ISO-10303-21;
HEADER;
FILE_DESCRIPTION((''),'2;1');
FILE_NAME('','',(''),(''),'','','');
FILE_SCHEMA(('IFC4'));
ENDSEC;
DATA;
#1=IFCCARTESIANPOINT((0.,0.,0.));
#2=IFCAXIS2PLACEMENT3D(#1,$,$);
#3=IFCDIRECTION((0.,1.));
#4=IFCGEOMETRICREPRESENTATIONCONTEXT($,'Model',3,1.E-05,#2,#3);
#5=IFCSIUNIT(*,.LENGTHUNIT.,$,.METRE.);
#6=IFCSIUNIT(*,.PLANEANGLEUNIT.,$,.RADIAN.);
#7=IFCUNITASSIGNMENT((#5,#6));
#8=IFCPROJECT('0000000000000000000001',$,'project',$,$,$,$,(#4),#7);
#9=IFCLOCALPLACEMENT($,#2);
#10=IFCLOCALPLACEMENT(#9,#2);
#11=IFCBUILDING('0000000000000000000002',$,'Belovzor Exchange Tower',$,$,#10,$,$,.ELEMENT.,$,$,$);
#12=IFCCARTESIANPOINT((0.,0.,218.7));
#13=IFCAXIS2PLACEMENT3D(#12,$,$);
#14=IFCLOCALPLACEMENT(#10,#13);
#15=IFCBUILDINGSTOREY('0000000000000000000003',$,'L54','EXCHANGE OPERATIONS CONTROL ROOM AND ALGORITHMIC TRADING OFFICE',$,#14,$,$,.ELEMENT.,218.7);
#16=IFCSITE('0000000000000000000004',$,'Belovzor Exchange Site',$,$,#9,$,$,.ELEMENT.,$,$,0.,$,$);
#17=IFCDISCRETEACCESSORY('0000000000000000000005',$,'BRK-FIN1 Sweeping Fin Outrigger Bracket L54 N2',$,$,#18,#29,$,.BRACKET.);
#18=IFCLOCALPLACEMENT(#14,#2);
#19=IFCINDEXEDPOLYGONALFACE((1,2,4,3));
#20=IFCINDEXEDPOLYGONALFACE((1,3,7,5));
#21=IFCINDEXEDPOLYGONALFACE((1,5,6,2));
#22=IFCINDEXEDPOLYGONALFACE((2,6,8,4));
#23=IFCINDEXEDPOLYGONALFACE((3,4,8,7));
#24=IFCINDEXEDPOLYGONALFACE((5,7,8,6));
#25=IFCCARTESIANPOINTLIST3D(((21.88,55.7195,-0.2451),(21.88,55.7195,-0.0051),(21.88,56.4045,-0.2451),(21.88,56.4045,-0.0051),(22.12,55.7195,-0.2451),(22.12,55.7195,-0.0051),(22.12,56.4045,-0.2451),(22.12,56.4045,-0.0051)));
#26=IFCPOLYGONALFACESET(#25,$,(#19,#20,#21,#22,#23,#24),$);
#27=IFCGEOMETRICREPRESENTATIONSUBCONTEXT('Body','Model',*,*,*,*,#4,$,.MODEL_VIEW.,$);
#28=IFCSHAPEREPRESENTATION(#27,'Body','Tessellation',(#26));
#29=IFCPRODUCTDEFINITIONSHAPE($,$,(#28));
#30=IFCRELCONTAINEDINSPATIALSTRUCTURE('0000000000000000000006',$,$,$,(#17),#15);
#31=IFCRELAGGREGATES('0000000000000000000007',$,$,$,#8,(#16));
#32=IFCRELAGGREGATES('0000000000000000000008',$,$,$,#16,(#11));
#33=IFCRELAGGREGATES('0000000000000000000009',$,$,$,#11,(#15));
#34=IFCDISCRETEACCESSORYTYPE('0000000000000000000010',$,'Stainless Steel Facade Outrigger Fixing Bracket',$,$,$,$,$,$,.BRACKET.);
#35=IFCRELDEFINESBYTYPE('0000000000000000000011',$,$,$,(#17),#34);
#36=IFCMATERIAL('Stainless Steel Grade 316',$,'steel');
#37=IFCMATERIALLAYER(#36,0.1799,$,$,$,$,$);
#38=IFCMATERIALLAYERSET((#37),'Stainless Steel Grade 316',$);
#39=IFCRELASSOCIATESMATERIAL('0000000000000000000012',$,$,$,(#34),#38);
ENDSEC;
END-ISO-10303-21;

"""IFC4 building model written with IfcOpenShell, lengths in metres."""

from ifc_helpers import new_model, si_unit, direction, frame, origin, origin_2d, place, context, subcontext, project, spatial, rectangle, extrude, material, layer, layer_set, type_object, element, save


model = new_model("IFC4")

# Units and contexts
model_context = context("Model", 3, precision=1e-05, world=origin(), true_north=direction((0.0, 1.0)))
body_context = subcontext(model_context, "Body", "Model", "MODEL_VIEW")
ifc_project = project(units=[si_unit("LENGTHUNIT", "METRE"), si_unit("PLANEANGLEUNIT", "RADIAN")], contexts=[model_context])

# Site, building, storey
site_placement = place(None, origin())
site = spatial("IfcSite", under=ifc_project, at=site_placement, Name="Belovzor Exchange Site", CompositionType="ELEMENT", RefElevation=0.0)
building_placement = place(site_placement, origin())
building = spatial("IfcBuilding", under=site, at=building_placement, Name="Belovzor Exchange Tower", CompositionType="ELEMENT")
storey_placement = place(building_placement, frame((0.0, 0.0, 218.7)))
storey = spatial("IfcBuildingStorey", under=building, at=storey_placement, Name="L54", Description="EXCHANGE OPERATIONS CONTROL ROOM AND ALGORITHMIC TRADING OFFICE", CompositionType="ELEMENT", Elevation=218.7)

# Discrete accessory
ifc_material_1 = material(Name="Stainless Steel Grade 316", Category="steel")
ifc_layer_1 = layer(ifc_material_1, 0.1799)
ifc_layer_set_1 = layer_set([ifc_layer_1], Name="Stainless Steel Grade 316")
discrete_accessory_type = type_object("IfcDiscreteAccessoryType", Name="Stainless Steel Facade Outrigger Fixing Bracket", PredefinedType="BRACKET", material=ifc_layer_set_1)
for number, where, z_axis, x_axis, name in (
    (1, (22.0, 56.062, -0.2451), (0.0, 0.0, 1.0), (0.0, 1.0, 0.0), "BRK-FIN1 Sweeping Fin Outrigger Bracket L54 N2"),
):
    element("IfcDiscreteAccessory", number, at=place(storey_placement, frame(where, z_axis=z_axis, x_axis=x_axis)), inside=storey, type_object=discrete_accessory_type, Name=name, PredefinedType="BRACKET", context=body_context, shape_type="SweptSolid", body=[
        extrude(rectangle(XDim=0.6851, YDim=0.24, at=origin_2d()), origin(), (0.0, 0.0, 1.0), 0.24),
    ])

save(model, "model.ifc")
